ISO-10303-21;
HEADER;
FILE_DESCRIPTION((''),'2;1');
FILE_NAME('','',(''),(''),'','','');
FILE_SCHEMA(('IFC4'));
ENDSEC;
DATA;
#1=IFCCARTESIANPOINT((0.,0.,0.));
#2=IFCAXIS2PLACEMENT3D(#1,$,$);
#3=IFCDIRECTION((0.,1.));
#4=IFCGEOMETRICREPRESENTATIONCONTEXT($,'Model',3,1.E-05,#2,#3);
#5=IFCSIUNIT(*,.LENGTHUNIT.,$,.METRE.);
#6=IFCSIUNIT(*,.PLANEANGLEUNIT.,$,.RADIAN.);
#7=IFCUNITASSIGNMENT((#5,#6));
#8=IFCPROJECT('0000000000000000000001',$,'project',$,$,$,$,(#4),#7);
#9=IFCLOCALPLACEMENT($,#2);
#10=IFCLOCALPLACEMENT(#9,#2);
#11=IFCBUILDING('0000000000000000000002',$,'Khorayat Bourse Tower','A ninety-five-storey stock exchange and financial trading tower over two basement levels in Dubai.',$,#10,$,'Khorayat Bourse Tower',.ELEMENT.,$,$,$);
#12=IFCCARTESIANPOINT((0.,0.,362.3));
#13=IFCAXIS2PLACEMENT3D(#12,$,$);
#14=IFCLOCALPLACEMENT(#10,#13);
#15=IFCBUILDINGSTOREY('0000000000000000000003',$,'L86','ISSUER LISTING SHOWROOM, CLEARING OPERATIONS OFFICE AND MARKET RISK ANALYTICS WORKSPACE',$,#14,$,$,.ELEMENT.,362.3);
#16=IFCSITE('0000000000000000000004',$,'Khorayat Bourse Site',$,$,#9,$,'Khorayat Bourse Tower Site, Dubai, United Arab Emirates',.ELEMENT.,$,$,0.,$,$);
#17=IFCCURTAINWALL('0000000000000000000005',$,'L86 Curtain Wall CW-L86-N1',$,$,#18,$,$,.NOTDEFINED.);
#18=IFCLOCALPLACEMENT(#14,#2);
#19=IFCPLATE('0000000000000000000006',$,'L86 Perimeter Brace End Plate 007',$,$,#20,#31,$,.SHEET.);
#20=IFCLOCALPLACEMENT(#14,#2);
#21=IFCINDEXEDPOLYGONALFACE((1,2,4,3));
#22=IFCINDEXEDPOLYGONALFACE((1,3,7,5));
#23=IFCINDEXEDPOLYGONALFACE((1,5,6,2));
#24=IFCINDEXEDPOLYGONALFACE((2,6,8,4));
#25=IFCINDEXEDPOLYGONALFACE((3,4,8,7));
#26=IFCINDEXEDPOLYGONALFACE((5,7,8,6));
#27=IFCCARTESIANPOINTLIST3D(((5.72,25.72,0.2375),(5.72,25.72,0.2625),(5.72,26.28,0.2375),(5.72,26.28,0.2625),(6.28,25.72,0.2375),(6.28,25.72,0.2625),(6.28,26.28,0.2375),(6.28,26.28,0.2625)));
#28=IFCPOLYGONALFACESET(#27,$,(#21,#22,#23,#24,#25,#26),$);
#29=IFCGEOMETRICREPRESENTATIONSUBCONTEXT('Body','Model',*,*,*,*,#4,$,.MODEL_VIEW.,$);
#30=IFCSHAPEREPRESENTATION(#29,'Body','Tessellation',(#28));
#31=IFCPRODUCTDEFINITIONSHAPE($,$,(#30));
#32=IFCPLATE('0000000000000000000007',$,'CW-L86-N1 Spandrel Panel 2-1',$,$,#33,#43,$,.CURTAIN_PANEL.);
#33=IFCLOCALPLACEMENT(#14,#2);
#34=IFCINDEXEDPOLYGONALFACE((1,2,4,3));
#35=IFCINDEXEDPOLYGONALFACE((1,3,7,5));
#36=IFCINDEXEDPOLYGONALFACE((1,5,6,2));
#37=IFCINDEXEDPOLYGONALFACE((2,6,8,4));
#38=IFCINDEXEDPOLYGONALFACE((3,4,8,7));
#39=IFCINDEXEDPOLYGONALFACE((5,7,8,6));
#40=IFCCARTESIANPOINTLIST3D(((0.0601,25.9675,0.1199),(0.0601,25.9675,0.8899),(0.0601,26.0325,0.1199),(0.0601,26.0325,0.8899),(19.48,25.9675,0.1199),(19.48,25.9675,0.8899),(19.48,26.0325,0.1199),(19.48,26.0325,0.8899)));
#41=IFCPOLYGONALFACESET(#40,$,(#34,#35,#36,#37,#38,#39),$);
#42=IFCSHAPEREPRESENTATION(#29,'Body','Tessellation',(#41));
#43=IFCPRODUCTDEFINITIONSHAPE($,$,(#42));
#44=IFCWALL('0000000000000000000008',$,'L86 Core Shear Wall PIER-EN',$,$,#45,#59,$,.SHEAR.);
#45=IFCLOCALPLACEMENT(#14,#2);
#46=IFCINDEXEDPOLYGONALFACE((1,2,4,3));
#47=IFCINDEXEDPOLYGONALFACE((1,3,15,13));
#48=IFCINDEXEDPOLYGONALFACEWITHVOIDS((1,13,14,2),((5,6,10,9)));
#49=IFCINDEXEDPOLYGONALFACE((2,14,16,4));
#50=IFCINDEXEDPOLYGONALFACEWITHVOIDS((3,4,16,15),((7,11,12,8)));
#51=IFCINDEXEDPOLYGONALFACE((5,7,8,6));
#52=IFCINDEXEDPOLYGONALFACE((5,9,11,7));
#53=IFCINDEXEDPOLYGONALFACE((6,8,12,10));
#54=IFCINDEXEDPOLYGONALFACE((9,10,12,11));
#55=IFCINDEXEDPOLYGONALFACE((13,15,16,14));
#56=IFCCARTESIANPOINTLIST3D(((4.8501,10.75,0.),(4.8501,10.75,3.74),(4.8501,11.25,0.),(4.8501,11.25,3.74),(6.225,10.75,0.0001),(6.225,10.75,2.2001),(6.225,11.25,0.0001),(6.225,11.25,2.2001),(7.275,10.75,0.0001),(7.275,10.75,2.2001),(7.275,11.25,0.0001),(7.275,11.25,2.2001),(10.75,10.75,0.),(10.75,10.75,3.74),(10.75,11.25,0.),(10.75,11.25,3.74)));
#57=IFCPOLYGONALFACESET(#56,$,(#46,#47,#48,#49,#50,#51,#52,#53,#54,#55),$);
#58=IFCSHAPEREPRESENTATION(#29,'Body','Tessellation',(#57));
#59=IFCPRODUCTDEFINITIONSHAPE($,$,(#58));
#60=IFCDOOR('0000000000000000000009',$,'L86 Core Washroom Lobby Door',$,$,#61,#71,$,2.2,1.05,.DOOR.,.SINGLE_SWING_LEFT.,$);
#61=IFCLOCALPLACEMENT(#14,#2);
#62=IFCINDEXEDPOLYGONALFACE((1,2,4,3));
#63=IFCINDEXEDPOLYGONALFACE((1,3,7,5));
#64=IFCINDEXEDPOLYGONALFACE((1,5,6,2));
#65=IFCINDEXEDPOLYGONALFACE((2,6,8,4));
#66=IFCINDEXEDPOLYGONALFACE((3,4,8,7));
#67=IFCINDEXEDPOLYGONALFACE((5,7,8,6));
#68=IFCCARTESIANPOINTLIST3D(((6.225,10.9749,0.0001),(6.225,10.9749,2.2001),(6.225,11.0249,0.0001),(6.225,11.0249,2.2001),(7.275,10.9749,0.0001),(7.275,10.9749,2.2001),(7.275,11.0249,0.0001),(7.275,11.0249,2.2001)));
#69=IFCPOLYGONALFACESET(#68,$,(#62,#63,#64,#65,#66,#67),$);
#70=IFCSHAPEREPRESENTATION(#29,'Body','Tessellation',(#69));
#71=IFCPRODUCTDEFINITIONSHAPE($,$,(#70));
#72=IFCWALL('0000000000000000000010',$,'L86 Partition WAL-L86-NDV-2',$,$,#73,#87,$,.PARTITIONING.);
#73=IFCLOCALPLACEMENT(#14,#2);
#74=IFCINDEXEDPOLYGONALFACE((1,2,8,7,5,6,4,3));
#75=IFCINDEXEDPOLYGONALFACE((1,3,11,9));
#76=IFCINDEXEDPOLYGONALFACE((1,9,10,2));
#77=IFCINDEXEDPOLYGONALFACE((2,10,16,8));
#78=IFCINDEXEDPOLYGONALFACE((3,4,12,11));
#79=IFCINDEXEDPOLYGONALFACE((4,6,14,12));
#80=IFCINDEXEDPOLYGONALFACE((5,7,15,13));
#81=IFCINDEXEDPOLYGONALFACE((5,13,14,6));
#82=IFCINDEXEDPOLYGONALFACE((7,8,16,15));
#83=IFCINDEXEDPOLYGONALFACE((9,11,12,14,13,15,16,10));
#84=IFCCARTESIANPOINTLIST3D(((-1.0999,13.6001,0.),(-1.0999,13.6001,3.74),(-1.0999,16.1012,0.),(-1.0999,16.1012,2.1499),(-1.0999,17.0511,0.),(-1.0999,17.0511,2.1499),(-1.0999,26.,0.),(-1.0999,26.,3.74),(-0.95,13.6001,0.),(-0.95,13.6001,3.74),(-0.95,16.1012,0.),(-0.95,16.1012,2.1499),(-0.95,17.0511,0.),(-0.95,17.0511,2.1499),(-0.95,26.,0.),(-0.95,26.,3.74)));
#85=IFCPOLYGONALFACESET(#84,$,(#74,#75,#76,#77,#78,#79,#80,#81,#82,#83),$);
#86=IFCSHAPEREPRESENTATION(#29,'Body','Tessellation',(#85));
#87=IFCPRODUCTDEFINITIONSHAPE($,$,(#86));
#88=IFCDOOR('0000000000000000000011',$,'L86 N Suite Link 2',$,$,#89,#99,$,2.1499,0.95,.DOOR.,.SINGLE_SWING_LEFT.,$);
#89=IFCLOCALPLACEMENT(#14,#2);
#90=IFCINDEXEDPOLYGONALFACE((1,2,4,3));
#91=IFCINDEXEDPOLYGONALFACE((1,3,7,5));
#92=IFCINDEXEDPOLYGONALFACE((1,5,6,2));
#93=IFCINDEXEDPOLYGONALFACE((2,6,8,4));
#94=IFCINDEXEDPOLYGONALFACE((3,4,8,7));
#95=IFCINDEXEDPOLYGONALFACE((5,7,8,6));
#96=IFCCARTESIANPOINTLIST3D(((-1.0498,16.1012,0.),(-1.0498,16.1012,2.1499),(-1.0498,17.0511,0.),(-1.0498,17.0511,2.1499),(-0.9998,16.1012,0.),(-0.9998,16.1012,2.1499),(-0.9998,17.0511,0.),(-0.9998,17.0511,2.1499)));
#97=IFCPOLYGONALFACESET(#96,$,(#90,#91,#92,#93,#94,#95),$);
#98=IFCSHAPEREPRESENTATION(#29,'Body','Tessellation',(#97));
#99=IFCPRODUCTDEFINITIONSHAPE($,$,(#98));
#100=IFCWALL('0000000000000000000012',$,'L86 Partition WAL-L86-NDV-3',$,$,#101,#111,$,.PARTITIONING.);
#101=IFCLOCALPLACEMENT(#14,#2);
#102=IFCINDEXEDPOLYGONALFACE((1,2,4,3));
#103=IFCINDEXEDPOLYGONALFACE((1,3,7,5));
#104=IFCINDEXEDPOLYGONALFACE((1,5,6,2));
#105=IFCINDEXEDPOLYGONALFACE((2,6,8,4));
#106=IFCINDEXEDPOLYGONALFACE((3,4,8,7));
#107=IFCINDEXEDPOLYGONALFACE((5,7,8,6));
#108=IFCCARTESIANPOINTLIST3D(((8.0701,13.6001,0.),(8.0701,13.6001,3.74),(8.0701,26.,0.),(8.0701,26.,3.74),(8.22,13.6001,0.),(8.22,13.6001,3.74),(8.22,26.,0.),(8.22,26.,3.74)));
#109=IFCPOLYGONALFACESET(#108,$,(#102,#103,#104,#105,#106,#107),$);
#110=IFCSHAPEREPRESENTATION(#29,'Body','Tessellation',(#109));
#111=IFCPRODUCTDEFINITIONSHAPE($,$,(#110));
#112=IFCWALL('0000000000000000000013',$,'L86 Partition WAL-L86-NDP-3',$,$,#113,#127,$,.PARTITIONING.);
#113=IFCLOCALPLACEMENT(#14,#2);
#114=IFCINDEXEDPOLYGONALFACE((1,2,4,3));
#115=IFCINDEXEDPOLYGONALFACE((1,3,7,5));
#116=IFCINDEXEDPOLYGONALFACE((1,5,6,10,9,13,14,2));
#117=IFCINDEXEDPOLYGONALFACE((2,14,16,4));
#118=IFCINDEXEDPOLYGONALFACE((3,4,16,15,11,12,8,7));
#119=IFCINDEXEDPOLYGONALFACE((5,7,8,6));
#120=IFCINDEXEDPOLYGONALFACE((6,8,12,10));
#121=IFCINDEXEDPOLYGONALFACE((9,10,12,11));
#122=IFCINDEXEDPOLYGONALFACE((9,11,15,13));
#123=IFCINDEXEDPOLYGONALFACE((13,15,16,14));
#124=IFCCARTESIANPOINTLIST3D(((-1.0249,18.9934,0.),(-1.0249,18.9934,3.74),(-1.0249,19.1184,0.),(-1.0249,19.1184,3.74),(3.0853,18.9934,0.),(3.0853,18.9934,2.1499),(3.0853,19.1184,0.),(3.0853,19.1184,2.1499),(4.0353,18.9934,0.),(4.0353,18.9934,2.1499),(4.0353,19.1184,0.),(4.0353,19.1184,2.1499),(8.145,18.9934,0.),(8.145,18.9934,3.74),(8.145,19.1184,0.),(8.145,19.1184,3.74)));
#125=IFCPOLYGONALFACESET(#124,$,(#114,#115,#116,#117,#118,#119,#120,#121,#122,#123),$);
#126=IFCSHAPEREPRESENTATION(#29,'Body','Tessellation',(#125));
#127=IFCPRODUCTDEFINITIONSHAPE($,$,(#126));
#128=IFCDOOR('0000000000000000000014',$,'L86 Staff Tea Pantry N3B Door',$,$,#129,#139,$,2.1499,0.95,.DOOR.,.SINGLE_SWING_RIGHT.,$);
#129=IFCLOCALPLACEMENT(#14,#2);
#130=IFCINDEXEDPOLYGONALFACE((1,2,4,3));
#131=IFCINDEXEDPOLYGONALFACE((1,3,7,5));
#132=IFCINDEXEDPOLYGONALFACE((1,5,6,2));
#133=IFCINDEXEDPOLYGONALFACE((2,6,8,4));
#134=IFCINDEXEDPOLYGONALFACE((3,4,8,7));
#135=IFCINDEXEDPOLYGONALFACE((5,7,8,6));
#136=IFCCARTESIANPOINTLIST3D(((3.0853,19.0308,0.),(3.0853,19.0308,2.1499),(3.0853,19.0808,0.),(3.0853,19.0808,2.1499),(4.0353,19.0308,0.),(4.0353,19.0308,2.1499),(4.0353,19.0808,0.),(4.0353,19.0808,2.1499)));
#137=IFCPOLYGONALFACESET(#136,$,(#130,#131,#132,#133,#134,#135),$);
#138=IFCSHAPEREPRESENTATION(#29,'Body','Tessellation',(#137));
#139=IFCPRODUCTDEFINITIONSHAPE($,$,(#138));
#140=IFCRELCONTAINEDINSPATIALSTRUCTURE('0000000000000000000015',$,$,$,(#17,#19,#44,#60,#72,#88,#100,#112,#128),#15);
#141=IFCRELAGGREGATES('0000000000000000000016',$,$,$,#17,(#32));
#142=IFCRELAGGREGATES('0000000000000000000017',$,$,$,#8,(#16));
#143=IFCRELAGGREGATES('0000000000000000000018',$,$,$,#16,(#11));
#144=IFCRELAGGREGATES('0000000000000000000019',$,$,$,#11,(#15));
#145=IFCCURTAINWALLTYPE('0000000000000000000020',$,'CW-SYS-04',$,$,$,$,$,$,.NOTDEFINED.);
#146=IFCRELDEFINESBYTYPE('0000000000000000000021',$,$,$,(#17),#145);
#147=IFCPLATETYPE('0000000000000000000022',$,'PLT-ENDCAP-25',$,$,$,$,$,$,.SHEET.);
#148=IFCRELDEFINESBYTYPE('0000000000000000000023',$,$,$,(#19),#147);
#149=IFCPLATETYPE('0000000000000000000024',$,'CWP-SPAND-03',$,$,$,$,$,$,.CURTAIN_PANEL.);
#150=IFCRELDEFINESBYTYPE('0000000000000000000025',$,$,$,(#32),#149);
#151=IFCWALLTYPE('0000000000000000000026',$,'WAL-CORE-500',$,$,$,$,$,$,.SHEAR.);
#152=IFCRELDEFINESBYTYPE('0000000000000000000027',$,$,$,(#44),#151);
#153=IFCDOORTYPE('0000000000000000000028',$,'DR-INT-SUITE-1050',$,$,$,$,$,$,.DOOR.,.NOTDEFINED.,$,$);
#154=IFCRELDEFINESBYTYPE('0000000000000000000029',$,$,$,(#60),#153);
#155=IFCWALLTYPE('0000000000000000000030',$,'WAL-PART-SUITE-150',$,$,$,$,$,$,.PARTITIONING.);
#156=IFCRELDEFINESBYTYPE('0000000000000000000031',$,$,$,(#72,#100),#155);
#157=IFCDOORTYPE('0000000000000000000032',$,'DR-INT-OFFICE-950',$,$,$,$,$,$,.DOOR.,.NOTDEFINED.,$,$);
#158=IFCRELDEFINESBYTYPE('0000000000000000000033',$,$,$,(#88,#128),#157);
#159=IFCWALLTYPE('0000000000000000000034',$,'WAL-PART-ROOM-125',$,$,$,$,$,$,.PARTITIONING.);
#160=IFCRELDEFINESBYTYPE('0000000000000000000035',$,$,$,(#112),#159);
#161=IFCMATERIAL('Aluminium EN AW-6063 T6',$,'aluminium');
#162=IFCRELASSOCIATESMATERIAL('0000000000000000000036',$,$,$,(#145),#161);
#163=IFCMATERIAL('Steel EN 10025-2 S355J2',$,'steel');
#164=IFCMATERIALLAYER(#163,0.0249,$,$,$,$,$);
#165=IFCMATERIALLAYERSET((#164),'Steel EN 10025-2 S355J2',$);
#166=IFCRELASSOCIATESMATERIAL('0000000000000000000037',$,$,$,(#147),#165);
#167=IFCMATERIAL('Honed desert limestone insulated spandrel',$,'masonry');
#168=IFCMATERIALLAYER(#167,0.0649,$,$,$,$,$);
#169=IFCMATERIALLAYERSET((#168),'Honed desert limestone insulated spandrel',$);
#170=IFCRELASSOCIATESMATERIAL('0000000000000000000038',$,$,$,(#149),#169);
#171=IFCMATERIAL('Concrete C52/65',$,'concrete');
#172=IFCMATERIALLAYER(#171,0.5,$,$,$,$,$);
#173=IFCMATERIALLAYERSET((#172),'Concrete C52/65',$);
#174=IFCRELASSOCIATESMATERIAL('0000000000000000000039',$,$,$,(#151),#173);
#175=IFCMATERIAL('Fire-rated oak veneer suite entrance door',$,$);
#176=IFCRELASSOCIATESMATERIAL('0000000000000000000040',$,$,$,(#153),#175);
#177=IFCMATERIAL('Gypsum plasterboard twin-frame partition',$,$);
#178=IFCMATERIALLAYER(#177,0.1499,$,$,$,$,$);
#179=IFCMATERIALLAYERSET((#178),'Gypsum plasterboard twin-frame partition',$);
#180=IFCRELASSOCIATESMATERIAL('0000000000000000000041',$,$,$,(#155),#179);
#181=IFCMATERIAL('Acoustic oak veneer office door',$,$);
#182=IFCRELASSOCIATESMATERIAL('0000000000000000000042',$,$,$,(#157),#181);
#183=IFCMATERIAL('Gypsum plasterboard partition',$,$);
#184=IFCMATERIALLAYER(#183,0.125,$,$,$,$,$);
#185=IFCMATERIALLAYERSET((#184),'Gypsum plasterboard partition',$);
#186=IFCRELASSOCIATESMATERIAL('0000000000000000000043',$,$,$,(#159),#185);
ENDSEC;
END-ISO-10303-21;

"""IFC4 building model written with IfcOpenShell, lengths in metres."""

from ifc_helpers import new_model, si_unit, direction, frame, frame_2d, origin, origin_2d, place, context, subcontext, project, spatial, rectangle, extrude, source, transform, mapped, material, layer, layer_set, type_object, element, fill, aggregate, save


model = new_model("IFC4")

# Units and contexts
model_context = context("Model", 3, precision=1e-05, world=origin(), true_north=direction((0.0, 1.0)))
body_context = subcontext(model_context, "Body", "Model", "MODEL_VIEW")
ifc_project = project(units=[si_unit("LENGTHUNIT", "METRE"), si_unit("PLANEANGLEUNIT", "RADIAN")], contexts=[model_context])

# Site, building, storey
site_placement = place(None, origin())
site = spatial("IfcSite", under=ifc_project, at=site_placement, Name="Khorayat Bourse Site", LongName="Khorayat Bourse Tower Site, Dubai, United Arab Emirates", CompositionType="ELEMENT", RefElevation=0.0)
building_placement = place(site_placement, origin())
building = spatial("IfcBuilding", under=site, at=building_placement, Name="Khorayat Bourse Tower", Description="A ninety-five-storey stock exchange and financial trading tower over two basement levels in Dubai.", LongName="Khorayat Bourse Tower", CompositionType="ELEMENT")
storey_placement = place(building_placement, frame((0.0, 0.0, 362.3)))
storey = spatial("IfcBuildingStorey", under=building, at=storey_placement, Name="L86", Description="ISSUER LISTING SHOWROOM, CLEARING OPERATIONS OFFICE AND MARKET RISK ANALYTICS WORKSPACE", CompositionType="ELEMENT", Elevation=362.3)

# Shared definitions
ifc_material_1 = material(Name="Concrete C52/65", Category="concrete")
ifc_material_2 = material(Name="Steel EN 10025-2 S355J2", Category="steel")

# Curtain wall
ifc_material_3 = material(Name="Aluminium EN AW-6063 T6", Category="aluminium")
curtain_wall_type = type_object("IfcCurtainWallType", Name="CW-SYS-04", PredefinedType="NOTDEFINED", material=ifc_material_3)
curtain_wall_placement = place(storey_placement, origin())
curtain_wall = element("IfcCurtainWall", 1, at=curtain_wall_placement, inside=storey, type_object=curtain_wall_type, Name="L86 Curtain Wall CW-L86-N1", PredefinedType="NOTDEFINED")

# Plates
ifc_layer_1 = layer(ifc_material_2, 0.0249)
ifc_layer_set_1 = layer_set([ifc_layer_1], Name="Steel EN 10025-2 S355J2")
plate_type_1 = type_object("IfcPlateType", Name="PLT-ENDCAP-25", PredefinedType="SHEET", material=ifc_layer_set_1)
shared_shape_1 = source(origin(), body_context, "Body", "SweptSolid", [
    extrude(rectangle(XDim=0.5601, YDim=0.5601, at=origin_2d()), origin(), (0.0, 0.0, 1.0), 0.0249),
])
plate_1_placement = place(storey_placement, frame((6.0, 26.0, 0.2375), z_axis=(0.0, 0.0, 1.0), x_axis=(1.0, 0.0, 0.0)))
element("IfcPlate", 2, at=plate_1_placement, inside=storey, type_object=plate_type_1, Name="L86 Perimeter Brace End Plate 007", PredefinedType="SHEET", context=body_context, shape_type="MappedRepresentation", body=[
    mapped(shared_shape_1, transform((0.0, 0.0, 0.0), scale=1.0)),
])
ifc_material_4 = material(Name="Honed desert limestone insulated spandrel", Category="masonry")
ifc_layer_2 = layer(ifc_material_4, 0.0649)
ifc_layer_set_2 = layer_set([ifc_layer_2], Name="Honed desert limestone insulated spandrel")
plate_type_2 = type_object("IfcPlateType", Name="CWP-SPAND-03", PredefinedType="CURTAIN_PANEL", material=ifc_layer_set_2)
shared_shape_2 = source(origin(), body_context, "Body", "SweptSolid", [
    extrude(rectangle(XDim=19.4199, YDim=0.0649, at=origin_2d()), origin(), (0.0, 0.0, 1.0), 0.77),
])
plate_2_placement = place(storey_placement, frame((9.77, 26.0, 0.1199), z_axis=(0.0, 0.0, 1.0), x_axis=(1.0, 0.0, 0.0)))
plate_2 = element("IfcPlate", 3, at=plate_2_placement, type_object=plate_type_2, Name="CW-L86-N1 Spandrel Panel 2-1", PredefinedType="CURTAIN_PANEL", context=body_context, shape_type="MappedRepresentation", body=[
    mapped(shared_shape_2, transform((0.0, 0.0, 0.0), scale=1.0)),
])
aggregate(curtain_wall, [plate_2])

# Walls, openings, doors
ifc_layer_3 = layer(ifc_material_1, 0.5)
ifc_layer_set_3 = layer_set([ifc_layer_3], Name="Concrete C52/65")
wall_type_1 = type_object("IfcWallType", Name="WAL-CORE-500", PredefinedType="SHEAR", material=ifc_layer_set_3)
shared_shape_3 = source(origin(), body_context, "Body", "SweptSolid", [
    extrude(rectangle(XDim=5.8999, YDim=0.5, at=frame_2d((2.95, 0.0))), origin(), (0.0, 0.0, 1.0), 3.74),
])
wall_1_placement = place(storey_placement, frame((4.8501, 11.0, 0.0), z_axis=(0.0, 0.0, 1.0), x_axis=(1.0, 0.0, 0.0)))
wall_1 = element("IfcWall", 4, at=wall_1_placement, inside=storey, type_object=wall_type_1, Name="L86 Core Shear Wall PIER-EN", PredefinedType="SHEAR", context=body_context, shape_type="MappedRepresentation", body=[
    mapped(shared_shape_3, transform((0.0, 0.0, 0.0), scale=1.0)),
])
shared_shape_4 = source(origin(), body_context, "Body", "SweptSolid", [
    extrude(rectangle(XDim=1.05, YDim=2.2, at=frame_2d((0.5249, 1.1001))), frame((0.0, 0.26, 0.0), z_axis=(0.0, -1.0, 0.0), x_axis=(1.0, 0.0, 0.0)), (0.0, 0.0, 1.0), 0.52),
])
opening_1_placement = place(wall_1_placement, frame((1.375, 0.0, 0.0)))
opening_1 = element("IfcOpeningElement", 5, at=opening_1_placement, cuts=wall_1, PredefinedType="OPENING", context=body_context, shape_type="MappedRepresentation", body=[
    mapped(shared_shape_4, transform((0.0, 0.0, 0.0), scale=1.0)),
])
ifc_material_5 = material(Name="Fire-rated oak veneer suite entrance door")
door_type_1 = type_object("IfcDoorType", Name="DR-INT-SUITE-1050", OperationType="NOTDEFINED", PredefinedType="DOOR", material=ifc_material_5)
shared_shape_5 = source(origin(), body_context, "Body", "SweptSolid", [
    extrude(rectangle(XDim=1.05, YDim=2.2, at=frame_2d((0.5249, 1.1001))), frame((0.0, 0.0249, 0.0), z_axis=(0.0, -1.0, 0.0), x_axis=(1.0, 0.0, 0.0)), (0.0, 0.0, 1.0), 0.05),
])
door_1_placement = place(opening_1_placement, origin())
door_1 = element("IfcDoor", 6, at=door_1_placement, inside=storey, type_object=door_type_1, Name="L86 Core Washroom Lobby Door", OperationType="SINGLE_SWING_LEFT", OverallHeight=2.2, OverallWidth=1.05, PredefinedType="DOOR", context=body_context, shape_type="MappedRepresentation", body=[
    mapped(shared_shape_5, transform((0.0, 0.0, 0.0), scale=1.0)),
])
fill(opening_1, door_1)
ifc_material_6 = material(Name="Gypsum plasterboard twin-frame partition")
ifc_layer_4 = layer(ifc_material_6, 0.1499)
ifc_layer_set_4 = layer_set([ifc_layer_4], Name="Gypsum plasterboard twin-frame partition")
wall_type_2 = type_object("IfcWallType", Name="WAL-PART-SUITE-150", PredefinedType="PARTITIONING", material=ifc_layer_set_4)
shared_shape_6 = source(origin(), body_context, "Body", "SweptSolid", [
    extrude(rectangle(XDim=12.3999, YDim=0.1499, at=frame_2d((6.2, 0.0))), origin(), (0.0, 0.0, 1.0), 3.74),
])
wall_2_placement = place(storey_placement, frame((-1.0249, 13.6001, 0.0), z_axis=(0.0, 0.0, 1.0), x_axis=(0.0, 1.0, 0.0)))
wall_2 = element("IfcWall", 7, at=wall_2_placement, inside=storey, type_object=wall_type_2, Name="L86 Partition WAL-L86-NDV-2", PredefinedType="PARTITIONING", context=body_context, shape_type="MappedRepresentation", body=[
    mapped(shared_shape_6, transform((0.0, 0.0, 0.0), scale=1.0)),
])
shared_shape_7 = source(origin(), body_context, "Body", "SweptSolid", [
    extrude(rectangle(XDim=0.95, YDim=2.1499, at=frame_2d((0.4751, 1.075))), frame((0.0, 0.085, 0.0), z_axis=(0.0, -1.0, 0.0), x_axis=(1.0, 0.0, 0.0)), (0.0, 0.0, 1.0), 0.1699),
])
opening_2_placement = place(wall_2_placement, frame((2.501, 0.0, 0.0)))
opening_2 = element("IfcOpeningElement", 8, at=opening_2_placement, cuts=wall_2, PredefinedType="OPENING", context=body_context, shape_type="MappedRepresentation", body=[
    mapped(shared_shape_7, transform((0.0, 0.0, 0.0), scale=1.0)),
])
ifc_material_7 = material(Name="Acoustic oak veneer office door")
door_type_2 = type_object("IfcDoorType", Name="DR-INT-OFFICE-950", OperationType="NOTDEFINED", PredefinedType="DOOR", material=ifc_material_7)
shared_shape_8 = source(origin(), body_context, "Body", "SweptSolid", [
    extrude(rectangle(XDim=0.95, YDim=2.1499, at=frame_2d((0.4751, 1.075))), frame((0.0, 0.0249, 0.0), z_axis=(0.0, -1.0, 0.0), x_axis=(1.0, 0.0, 0.0)), (0.0, 0.0, 1.0), 0.05),
])
door_2_placement = place(opening_2_placement, origin())
door_2 = element("IfcDoor", 9, at=door_2_placement, inside=storey, type_object=door_type_2, Name="L86 N Suite Link 2", OperationType="SINGLE_SWING_LEFT", OverallHeight=2.1499, OverallWidth=0.95, PredefinedType="DOOR", context=body_context, shape_type="MappedRepresentation", body=[
    mapped(shared_shape_8, transform((0.0, 0.0, 0.0), scale=1.0)),
])
fill(opening_2, door_2)

# Wall
wall_3_placement = place(storey_placement, frame((8.145, 13.6001, 0.0), z_axis=(0.0, 0.0, 1.0), x_axis=(0.0, 1.0, 0.0)))
element("IfcWall", 10, at=wall_3_placement, inside=storey, type_object=wall_type_2, Name="L86 Partition WAL-L86-NDV-3", PredefinedType="PARTITIONING", context=body_context, shape_type="MappedRepresentation", body=[
    mapped(shared_shape_6, transform((0.0, 0.0, 0.0), scale=1.0)),
])

# Wall, opening, door
ifc_material_8 = material(Name="Gypsum plasterboard partition")
ifc_layer_5 = layer(ifc_material_8, 0.125)
ifc_layer_set_5 = layer_set([ifc_layer_5], Name="Gypsum plasterboard partition")
wall_type_3 = type_object("IfcWallType", Name="WAL-PART-ROOM-125", PredefinedType="PARTITIONING", material=ifc_layer_set_5)
shared_shape_9 = source(origin(), body_context, "Body", "SweptSolid", [
    extrude(rectangle(XDim=9.1699, YDim=0.125, at=frame_2d((4.585, 0.0))), origin(), (0.0, 0.0, 1.0), 3.74),
])
wall_4_placement = place(storey_placement, frame((-1.0249, 19.0559, 0.0), z_axis=(0.0, 0.0, 1.0), x_axis=(1.0, 0.0, 0.0)))
wall_4 = element("IfcWall", 11, at=wall_4_placement, inside=storey, type_object=wall_type_3, Name="L86 Partition WAL-L86-NDP-3", PredefinedType="PARTITIONING", context=body_context, shape_type="MappedRepresentation", body=[
    mapped(shared_shape_9, transform((0.0, 0.0, 0.0), scale=1.0)),
])
shared_shape_10 = source(origin(), body_context, "Body", "SweptSolid", [
    extrude(rectangle(XDim=0.95, YDim=2.1499, at=frame_2d((0.4751, 1.075))), frame((0.0, 0.0725, 0.0), z_axis=(0.0, -1.0, 0.0), x_axis=(1.0, 0.0, 0.0)), (0.0, 0.0, 1.0), 0.145),
])
opening_3_placement = place(wall_4_placement, frame((4.1101, 0.0, 0.0)))
opening_3 = element("IfcOpeningElement", 12, at=opening_3_placement, cuts=wall_4, PredefinedType="OPENING", context=body_context, shape_type="MappedRepresentation", body=[
    mapped(shared_shape_10, transform((0.0, 0.0, 0.0), scale=1.0)),
])
door_3_placement = place(opening_3_placement, origin())
door_3 = element("IfcDoor", 13, at=door_3_placement, inside=storey, type_object=door_type_2, Name="L86 Staff Tea Pantry N3B Door", OperationType="SINGLE_SWING_RIGHT", OverallHeight=2.1499, OverallWidth=0.95, PredefinedType="DOOR", context=body_context, shape_type="MappedRepresentation", body=[
    mapped(shared_shape_8, transform((0.0, 0.0, 0.0), scale=1.0)),
])
fill(opening_3, door_3)

save(model, "model.ifc")
